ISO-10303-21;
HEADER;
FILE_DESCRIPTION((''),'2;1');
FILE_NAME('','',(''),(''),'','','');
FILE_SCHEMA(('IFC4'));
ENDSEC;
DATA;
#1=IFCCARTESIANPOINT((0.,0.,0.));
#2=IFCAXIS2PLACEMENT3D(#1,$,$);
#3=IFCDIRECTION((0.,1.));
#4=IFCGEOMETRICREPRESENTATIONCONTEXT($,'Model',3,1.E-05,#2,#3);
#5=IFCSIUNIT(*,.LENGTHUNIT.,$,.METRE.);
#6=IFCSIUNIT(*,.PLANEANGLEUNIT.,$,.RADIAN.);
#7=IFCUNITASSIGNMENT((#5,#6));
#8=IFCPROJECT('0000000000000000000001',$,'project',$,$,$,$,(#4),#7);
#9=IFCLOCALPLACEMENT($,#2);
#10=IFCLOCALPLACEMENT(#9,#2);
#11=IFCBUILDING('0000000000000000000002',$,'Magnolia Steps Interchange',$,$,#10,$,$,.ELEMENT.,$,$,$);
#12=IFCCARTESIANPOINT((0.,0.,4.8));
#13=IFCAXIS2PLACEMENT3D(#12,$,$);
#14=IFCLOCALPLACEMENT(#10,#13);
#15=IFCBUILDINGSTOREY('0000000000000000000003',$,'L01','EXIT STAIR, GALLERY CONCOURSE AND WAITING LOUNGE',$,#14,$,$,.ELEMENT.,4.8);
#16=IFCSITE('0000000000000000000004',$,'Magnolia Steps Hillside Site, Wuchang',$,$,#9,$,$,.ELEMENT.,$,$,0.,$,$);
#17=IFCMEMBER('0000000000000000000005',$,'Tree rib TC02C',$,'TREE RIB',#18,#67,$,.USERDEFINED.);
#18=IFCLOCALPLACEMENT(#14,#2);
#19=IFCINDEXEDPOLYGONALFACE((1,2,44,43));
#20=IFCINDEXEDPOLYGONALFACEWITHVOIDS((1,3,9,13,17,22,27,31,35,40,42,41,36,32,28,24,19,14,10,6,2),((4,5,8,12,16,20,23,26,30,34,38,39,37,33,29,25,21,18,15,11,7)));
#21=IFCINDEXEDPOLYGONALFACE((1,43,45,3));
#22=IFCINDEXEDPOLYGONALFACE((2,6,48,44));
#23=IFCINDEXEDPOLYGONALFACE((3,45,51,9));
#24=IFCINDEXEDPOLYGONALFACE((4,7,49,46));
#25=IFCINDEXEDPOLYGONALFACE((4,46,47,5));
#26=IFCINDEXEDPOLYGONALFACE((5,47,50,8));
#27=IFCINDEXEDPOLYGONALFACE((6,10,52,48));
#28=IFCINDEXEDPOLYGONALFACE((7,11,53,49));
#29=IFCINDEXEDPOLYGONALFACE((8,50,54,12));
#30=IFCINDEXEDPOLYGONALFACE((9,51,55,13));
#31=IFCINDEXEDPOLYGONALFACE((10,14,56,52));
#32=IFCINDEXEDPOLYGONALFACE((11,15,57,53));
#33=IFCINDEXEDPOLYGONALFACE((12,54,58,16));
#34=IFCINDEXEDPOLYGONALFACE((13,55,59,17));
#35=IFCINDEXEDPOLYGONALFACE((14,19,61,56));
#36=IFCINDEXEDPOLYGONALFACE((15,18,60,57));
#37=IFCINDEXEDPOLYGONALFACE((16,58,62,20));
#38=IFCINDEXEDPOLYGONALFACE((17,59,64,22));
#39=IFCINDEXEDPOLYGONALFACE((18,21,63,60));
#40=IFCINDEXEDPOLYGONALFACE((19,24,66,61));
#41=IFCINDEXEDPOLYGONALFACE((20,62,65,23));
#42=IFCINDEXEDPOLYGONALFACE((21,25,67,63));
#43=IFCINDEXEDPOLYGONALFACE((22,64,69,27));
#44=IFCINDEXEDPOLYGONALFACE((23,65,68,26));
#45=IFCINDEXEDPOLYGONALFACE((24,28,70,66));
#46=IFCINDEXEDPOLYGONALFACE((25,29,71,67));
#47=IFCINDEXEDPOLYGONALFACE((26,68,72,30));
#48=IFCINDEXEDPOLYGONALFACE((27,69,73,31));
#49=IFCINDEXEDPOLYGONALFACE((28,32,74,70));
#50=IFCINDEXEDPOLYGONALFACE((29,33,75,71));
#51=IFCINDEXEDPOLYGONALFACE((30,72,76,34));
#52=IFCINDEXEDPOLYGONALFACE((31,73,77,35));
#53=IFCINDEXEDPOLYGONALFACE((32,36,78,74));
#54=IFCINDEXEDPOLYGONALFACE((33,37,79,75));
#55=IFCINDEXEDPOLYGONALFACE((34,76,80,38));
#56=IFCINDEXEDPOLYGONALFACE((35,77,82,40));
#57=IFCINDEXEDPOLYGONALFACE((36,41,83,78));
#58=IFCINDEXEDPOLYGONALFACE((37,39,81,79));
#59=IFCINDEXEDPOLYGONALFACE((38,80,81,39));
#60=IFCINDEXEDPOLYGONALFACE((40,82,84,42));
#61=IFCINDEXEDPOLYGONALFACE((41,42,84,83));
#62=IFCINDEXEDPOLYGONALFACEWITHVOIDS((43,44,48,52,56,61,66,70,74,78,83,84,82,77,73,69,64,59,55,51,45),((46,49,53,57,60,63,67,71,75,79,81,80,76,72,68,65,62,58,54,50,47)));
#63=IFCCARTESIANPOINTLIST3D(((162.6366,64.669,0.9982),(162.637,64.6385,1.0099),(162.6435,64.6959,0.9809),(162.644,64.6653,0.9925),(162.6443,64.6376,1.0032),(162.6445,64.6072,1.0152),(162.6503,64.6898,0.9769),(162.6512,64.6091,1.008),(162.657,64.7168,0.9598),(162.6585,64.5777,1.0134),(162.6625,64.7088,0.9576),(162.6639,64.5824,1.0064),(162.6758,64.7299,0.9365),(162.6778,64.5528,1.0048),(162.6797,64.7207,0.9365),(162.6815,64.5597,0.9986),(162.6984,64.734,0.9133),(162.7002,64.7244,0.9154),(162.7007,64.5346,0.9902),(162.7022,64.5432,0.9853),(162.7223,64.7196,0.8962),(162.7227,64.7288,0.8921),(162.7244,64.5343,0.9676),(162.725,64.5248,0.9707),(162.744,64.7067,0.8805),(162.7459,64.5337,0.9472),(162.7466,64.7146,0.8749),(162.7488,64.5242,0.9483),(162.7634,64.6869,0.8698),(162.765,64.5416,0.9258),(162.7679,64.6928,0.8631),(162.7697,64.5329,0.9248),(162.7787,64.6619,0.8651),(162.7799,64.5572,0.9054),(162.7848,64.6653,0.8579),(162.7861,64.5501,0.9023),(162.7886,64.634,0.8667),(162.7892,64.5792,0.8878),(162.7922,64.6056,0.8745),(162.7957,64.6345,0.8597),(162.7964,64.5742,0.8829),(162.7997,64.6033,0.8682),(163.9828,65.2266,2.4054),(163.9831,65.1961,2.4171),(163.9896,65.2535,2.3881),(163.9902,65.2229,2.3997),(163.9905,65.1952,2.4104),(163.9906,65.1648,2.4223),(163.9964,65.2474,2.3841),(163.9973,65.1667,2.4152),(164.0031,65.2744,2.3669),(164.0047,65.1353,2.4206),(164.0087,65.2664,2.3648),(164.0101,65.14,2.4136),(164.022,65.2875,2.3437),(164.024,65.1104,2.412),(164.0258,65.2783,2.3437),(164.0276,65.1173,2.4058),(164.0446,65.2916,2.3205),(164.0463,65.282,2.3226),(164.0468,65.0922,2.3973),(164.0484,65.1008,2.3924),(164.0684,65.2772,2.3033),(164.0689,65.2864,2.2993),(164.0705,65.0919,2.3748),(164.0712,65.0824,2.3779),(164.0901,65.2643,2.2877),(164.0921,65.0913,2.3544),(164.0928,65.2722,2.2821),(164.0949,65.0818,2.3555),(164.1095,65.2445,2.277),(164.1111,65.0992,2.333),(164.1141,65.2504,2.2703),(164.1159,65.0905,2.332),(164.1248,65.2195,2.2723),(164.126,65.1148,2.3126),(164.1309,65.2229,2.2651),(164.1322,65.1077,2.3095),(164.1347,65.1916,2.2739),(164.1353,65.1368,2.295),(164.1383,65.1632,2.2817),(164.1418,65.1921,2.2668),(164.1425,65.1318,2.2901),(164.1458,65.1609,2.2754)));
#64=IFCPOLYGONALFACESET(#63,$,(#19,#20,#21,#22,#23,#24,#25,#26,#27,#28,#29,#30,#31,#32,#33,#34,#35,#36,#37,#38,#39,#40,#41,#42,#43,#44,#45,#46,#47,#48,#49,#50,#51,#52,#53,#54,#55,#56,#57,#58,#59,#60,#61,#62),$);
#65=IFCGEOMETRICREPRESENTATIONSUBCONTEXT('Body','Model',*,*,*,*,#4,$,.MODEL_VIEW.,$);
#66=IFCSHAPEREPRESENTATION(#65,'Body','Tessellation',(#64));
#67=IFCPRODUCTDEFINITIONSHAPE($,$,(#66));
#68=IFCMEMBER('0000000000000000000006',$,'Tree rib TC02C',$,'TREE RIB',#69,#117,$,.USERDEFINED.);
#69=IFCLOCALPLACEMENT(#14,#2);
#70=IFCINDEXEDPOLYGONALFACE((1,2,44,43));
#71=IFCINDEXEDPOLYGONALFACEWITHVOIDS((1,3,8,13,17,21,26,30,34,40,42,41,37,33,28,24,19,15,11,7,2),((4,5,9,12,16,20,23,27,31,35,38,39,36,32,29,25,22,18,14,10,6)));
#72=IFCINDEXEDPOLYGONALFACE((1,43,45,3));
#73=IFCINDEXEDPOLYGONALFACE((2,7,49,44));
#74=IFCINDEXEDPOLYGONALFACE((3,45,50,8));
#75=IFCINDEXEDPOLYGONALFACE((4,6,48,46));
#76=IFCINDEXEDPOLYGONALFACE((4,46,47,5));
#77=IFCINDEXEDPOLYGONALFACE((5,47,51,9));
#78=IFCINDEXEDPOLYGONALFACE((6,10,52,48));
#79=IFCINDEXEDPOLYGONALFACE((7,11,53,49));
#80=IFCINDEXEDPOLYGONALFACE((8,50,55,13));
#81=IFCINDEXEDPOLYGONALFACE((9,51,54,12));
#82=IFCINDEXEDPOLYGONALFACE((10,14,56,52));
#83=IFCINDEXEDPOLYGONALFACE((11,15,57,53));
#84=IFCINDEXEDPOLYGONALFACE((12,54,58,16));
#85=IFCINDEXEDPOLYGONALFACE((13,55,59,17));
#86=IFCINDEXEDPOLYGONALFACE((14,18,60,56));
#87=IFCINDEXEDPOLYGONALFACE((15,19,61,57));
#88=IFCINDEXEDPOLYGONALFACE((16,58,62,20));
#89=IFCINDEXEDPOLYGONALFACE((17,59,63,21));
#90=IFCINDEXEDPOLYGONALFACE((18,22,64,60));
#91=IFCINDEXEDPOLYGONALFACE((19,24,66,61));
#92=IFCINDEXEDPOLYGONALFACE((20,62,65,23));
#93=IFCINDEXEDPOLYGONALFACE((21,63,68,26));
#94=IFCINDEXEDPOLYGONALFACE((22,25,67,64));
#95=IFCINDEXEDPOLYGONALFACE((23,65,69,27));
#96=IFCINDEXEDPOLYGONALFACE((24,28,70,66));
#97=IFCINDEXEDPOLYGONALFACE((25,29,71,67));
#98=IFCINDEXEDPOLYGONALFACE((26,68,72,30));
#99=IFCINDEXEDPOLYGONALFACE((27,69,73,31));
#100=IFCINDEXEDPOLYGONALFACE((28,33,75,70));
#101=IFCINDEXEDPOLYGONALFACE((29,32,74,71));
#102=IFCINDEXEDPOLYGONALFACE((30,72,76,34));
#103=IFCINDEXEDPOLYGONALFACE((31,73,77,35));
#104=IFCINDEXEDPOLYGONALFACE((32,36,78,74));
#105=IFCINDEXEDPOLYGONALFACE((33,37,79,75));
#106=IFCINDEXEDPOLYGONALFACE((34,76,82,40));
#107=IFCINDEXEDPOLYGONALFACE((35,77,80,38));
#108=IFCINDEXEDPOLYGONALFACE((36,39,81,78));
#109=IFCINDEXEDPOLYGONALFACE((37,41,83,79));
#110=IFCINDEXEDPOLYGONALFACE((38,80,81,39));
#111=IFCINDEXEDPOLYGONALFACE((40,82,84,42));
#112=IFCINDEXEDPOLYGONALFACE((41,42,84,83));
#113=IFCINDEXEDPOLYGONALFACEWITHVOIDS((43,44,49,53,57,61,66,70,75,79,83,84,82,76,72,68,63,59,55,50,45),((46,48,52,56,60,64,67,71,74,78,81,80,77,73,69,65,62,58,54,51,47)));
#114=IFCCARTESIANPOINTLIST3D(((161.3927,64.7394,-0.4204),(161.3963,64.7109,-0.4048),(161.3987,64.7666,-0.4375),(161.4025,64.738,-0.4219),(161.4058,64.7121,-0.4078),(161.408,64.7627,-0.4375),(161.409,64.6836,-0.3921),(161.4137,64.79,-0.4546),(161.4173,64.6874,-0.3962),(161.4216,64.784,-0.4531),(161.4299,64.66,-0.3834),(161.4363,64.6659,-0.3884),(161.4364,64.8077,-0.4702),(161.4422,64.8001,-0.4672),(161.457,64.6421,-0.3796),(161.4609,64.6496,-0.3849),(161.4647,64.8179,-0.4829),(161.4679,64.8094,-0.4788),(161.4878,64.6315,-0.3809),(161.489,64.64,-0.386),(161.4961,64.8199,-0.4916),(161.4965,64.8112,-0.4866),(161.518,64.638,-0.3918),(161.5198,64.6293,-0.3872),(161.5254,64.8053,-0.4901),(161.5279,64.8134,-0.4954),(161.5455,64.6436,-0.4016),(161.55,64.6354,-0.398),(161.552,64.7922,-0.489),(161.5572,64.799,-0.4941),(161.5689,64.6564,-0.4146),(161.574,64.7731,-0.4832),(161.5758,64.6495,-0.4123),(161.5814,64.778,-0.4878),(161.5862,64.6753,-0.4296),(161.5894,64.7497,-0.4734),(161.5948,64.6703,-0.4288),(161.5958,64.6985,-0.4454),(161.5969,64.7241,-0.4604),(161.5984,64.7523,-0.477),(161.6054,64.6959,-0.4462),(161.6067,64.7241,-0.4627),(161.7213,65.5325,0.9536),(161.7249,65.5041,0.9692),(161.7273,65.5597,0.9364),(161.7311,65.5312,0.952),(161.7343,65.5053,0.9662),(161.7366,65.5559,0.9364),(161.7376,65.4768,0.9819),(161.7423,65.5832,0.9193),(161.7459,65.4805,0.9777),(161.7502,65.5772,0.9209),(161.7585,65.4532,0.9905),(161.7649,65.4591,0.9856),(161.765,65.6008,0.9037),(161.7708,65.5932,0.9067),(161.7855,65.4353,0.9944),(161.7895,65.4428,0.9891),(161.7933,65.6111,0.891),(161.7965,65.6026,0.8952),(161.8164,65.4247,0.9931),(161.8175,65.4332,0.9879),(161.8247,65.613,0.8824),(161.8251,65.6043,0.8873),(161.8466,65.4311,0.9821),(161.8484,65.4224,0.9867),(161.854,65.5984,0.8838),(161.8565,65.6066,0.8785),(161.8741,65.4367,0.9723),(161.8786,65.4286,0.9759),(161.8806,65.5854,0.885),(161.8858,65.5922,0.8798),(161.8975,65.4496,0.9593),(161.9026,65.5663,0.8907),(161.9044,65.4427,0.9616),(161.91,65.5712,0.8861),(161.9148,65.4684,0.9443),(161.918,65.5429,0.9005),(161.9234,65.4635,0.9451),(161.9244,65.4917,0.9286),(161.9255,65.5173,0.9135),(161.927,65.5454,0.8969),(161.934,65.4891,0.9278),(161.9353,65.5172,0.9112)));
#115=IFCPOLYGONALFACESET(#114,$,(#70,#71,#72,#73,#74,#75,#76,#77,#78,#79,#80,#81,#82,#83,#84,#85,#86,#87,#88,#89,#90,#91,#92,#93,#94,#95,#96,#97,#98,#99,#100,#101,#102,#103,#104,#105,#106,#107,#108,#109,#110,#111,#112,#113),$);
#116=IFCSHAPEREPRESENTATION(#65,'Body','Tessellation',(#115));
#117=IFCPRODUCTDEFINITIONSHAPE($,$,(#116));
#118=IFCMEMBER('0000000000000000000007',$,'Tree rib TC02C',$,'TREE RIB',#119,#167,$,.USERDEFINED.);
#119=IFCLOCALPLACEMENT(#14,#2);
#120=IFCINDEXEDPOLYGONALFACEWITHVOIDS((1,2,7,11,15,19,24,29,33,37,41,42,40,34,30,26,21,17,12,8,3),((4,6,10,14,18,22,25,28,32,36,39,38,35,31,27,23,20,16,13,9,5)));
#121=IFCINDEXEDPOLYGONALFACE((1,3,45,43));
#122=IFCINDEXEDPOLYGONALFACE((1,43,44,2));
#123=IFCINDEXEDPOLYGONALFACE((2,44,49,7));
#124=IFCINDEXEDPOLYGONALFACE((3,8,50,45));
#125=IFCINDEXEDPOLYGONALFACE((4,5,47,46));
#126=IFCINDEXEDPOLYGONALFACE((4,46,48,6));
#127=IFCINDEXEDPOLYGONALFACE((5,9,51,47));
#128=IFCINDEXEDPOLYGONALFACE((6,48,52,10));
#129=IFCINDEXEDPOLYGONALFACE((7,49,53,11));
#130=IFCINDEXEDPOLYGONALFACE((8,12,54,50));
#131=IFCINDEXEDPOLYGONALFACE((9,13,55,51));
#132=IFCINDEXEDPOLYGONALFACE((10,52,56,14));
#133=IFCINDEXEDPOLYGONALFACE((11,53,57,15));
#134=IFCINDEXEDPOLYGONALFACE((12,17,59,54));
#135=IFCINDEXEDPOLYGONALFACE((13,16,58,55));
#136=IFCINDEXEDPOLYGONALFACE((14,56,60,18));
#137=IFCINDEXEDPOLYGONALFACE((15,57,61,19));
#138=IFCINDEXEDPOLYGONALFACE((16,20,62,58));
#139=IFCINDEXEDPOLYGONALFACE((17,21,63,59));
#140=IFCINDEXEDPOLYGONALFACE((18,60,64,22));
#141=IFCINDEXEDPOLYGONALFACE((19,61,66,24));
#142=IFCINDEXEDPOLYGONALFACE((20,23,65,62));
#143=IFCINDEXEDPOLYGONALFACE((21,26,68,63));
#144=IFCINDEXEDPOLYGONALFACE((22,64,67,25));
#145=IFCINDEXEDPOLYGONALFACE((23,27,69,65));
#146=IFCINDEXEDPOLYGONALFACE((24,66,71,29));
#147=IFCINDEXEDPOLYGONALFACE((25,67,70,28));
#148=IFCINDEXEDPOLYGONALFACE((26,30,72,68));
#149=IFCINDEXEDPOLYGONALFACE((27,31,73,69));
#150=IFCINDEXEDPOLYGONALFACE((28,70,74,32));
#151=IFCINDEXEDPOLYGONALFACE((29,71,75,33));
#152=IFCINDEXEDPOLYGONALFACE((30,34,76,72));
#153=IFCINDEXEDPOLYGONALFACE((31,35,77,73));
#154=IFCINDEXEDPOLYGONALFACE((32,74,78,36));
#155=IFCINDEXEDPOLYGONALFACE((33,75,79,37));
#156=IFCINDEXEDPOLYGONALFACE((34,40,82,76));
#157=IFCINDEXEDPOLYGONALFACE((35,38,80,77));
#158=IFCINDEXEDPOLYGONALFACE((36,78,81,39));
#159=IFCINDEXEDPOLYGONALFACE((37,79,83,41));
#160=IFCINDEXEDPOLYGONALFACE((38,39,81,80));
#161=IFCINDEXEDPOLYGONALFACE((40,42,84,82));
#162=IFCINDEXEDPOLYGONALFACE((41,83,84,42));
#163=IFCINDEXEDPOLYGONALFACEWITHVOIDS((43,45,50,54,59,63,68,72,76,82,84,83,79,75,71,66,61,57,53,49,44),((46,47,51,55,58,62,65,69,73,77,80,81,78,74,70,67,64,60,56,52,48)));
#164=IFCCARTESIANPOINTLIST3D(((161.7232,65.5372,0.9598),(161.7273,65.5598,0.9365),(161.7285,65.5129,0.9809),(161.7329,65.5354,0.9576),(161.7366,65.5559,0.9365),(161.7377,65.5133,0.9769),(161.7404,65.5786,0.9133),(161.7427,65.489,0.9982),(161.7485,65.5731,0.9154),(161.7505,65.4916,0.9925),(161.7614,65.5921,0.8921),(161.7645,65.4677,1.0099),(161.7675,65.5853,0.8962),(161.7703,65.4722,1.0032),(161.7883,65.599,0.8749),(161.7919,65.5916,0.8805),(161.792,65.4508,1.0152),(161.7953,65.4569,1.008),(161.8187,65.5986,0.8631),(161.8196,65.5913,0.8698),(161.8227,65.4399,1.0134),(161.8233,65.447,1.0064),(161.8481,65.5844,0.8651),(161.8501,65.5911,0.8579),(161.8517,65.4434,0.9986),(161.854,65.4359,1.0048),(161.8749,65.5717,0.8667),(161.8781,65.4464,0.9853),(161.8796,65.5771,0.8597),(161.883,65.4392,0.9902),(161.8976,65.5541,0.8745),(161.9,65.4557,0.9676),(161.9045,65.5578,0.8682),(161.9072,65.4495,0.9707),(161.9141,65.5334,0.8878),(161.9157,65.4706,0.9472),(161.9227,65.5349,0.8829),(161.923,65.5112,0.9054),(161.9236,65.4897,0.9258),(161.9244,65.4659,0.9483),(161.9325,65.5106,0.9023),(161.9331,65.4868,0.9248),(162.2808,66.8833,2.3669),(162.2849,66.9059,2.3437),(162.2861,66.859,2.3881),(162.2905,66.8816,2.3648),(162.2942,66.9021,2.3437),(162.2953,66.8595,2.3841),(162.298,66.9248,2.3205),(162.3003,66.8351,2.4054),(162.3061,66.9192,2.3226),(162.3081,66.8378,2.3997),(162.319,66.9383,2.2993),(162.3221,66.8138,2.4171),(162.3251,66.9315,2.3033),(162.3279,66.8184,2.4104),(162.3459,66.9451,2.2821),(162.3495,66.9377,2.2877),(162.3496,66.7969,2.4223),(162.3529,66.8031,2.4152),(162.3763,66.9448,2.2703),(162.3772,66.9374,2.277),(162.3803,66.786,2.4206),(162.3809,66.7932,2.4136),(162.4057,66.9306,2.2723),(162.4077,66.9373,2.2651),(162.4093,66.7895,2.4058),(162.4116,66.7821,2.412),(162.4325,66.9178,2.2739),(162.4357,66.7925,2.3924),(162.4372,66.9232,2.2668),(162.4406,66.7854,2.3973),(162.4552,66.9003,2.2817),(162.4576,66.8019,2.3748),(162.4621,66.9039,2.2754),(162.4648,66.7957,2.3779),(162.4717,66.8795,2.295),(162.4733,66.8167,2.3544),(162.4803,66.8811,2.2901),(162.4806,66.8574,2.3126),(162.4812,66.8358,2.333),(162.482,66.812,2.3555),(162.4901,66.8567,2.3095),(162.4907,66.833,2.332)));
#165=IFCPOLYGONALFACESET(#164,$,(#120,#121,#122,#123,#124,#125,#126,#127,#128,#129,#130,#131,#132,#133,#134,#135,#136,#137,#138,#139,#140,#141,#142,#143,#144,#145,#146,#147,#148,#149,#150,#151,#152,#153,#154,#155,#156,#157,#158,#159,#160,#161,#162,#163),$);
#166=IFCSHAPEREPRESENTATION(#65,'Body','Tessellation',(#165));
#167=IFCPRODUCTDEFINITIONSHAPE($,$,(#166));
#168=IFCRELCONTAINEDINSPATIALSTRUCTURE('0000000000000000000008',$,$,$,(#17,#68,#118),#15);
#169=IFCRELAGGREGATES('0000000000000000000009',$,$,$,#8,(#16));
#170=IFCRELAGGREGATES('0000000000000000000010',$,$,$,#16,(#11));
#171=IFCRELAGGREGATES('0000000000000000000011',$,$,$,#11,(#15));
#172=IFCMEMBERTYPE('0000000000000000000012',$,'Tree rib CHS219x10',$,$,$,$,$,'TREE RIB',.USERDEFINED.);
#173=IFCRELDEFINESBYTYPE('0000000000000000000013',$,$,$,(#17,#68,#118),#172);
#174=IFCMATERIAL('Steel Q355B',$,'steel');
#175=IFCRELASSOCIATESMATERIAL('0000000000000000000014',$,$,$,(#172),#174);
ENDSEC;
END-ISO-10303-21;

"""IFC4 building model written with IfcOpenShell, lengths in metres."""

from ifc_helpers import new_model, si_unit, direction, frame, origin, origin_2d, place, context, subcontext, project, spatial, hollow_circle, extrude, material, material_profile, profile_set, type_object, element, save


model = new_model("IFC4")

# Units and contexts
model_context = context("Model", 3, precision=1e-05, world=origin(), true_north=direction((0.0, 1.0)))
body_context = subcontext(model_context, "Body", "Model", "MODEL_VIEW")
ifc_project = project(units=[si_unit("LENGTHUNIT", "METRE"), si_unit("PLANEANGLEUNIT", "RADIAN")], contexts=[model_context])

# Site, building, storey
site_placement = place(None, origin())
site = spatial("IfcSite", under=ifc_project, at=site_placement, Name="Magnolia Steps Hillside Site, Wuchang", CompositionType="ELEMENT", RefElevation=0.0)
building_placement = place(site_placement, origin())
building = spatial("IfcBuilding", under=site, at=building_placement, Name="Magnolia Steps Interchange", CompositionType="ELEMENT")
storey_placement = place(building_placement, frame((0.0, 0.0, 4.8)))
storey = spatial("IfcBuildingStorey", under=building, at=storey_placement, Name="L01", Description="EXIT STAIR, GALLERY CONCOURSE AND WAITING LOUNGE", CompositionType="ELEMENT", Elevation=4.8)

# Members
ifc_material_1 = material(Name="Steel Q355B", Category="steel")
ifc_material_profile_1 = material_profile(ifc_material_1, hollow_circle(Radius=0.1096, WallThickness=0.01, at=origin_2d()), Name="CHS219x10")
ifc_profile_set_1 = profile_set([ifc_material_profile_1], Name="Steel Q355B")
member_type = type_object("IfcMemberType", Name="Tree rib CHS219x10", ElementType="TREE RIB", PredefinedType="USERDEFINED", material=ifc_profile_set_1)
member_1_placement = place(storey_placement, frame((162.7178, 64.6287, 0.9365), z_axis=(0.664557, 0.275272, 0.694687), x_axis=(-0.382687, 0.923878, 0.0)))
element("IfcMember", 1, at=member_1_placement, inside=storey, type_object=member_type, Name="Tree rib TC02C", ObjectType="TREE RIB", PredefinedType="USERDEFINED", context=body_context, shape_type="SweptSolid", body=[
    extrude(hollow_circle(Radius=0.1096, WallThickness=0.01, at=origin_2d()), origin(), (0.0, 0.0, 1.0), 2.0256),
])
member_2_placement = place(storey_placement, frame((161.5, 64.7246, -0.4375), z_axis=(0.20282, 0.489571, 0.848047), x_axis=(-0.923857, 0.382737, 0.0)))
element("IfcMember", 2, at=member_2_placement, inside=storey, type_object=member_type, Name="Tree rib TC02C", ObjectType="TREE RIB", PredefinedType="USERDEFINED", context=body_context, shape_type="SweptSolid", body=[
    extrude(hollow_circle(Radius=0.1096, WallThickness=0.01, at=origin_2d()), origin(), (0.0, 0.0, 1.0), 1.6201),
])
member_3_placement = place(storey_placement, frame((161.8286, 65.5178, 0.9365), z_axis=(0.275272, 0.664557, 0.694687), x_axis=(-0.923878, 0.382687, 0.0)))
element("IfcMember", 3, at=member_3_placement, inside=storey, type_object=member_type, Name="Tree rib TC02C", ObjectType="TREE RIB", PredefinedType="USERDEFINED", context=body_context, shape_type="SweptSolid", body=[
    extrude(hollow_circle(Radius=0.1096, WallThickness=0.01, at=origin_2d()), origin(), (0.0, 0.0, 1.0), 2.0256),
])

save(model, "model.ifc")
